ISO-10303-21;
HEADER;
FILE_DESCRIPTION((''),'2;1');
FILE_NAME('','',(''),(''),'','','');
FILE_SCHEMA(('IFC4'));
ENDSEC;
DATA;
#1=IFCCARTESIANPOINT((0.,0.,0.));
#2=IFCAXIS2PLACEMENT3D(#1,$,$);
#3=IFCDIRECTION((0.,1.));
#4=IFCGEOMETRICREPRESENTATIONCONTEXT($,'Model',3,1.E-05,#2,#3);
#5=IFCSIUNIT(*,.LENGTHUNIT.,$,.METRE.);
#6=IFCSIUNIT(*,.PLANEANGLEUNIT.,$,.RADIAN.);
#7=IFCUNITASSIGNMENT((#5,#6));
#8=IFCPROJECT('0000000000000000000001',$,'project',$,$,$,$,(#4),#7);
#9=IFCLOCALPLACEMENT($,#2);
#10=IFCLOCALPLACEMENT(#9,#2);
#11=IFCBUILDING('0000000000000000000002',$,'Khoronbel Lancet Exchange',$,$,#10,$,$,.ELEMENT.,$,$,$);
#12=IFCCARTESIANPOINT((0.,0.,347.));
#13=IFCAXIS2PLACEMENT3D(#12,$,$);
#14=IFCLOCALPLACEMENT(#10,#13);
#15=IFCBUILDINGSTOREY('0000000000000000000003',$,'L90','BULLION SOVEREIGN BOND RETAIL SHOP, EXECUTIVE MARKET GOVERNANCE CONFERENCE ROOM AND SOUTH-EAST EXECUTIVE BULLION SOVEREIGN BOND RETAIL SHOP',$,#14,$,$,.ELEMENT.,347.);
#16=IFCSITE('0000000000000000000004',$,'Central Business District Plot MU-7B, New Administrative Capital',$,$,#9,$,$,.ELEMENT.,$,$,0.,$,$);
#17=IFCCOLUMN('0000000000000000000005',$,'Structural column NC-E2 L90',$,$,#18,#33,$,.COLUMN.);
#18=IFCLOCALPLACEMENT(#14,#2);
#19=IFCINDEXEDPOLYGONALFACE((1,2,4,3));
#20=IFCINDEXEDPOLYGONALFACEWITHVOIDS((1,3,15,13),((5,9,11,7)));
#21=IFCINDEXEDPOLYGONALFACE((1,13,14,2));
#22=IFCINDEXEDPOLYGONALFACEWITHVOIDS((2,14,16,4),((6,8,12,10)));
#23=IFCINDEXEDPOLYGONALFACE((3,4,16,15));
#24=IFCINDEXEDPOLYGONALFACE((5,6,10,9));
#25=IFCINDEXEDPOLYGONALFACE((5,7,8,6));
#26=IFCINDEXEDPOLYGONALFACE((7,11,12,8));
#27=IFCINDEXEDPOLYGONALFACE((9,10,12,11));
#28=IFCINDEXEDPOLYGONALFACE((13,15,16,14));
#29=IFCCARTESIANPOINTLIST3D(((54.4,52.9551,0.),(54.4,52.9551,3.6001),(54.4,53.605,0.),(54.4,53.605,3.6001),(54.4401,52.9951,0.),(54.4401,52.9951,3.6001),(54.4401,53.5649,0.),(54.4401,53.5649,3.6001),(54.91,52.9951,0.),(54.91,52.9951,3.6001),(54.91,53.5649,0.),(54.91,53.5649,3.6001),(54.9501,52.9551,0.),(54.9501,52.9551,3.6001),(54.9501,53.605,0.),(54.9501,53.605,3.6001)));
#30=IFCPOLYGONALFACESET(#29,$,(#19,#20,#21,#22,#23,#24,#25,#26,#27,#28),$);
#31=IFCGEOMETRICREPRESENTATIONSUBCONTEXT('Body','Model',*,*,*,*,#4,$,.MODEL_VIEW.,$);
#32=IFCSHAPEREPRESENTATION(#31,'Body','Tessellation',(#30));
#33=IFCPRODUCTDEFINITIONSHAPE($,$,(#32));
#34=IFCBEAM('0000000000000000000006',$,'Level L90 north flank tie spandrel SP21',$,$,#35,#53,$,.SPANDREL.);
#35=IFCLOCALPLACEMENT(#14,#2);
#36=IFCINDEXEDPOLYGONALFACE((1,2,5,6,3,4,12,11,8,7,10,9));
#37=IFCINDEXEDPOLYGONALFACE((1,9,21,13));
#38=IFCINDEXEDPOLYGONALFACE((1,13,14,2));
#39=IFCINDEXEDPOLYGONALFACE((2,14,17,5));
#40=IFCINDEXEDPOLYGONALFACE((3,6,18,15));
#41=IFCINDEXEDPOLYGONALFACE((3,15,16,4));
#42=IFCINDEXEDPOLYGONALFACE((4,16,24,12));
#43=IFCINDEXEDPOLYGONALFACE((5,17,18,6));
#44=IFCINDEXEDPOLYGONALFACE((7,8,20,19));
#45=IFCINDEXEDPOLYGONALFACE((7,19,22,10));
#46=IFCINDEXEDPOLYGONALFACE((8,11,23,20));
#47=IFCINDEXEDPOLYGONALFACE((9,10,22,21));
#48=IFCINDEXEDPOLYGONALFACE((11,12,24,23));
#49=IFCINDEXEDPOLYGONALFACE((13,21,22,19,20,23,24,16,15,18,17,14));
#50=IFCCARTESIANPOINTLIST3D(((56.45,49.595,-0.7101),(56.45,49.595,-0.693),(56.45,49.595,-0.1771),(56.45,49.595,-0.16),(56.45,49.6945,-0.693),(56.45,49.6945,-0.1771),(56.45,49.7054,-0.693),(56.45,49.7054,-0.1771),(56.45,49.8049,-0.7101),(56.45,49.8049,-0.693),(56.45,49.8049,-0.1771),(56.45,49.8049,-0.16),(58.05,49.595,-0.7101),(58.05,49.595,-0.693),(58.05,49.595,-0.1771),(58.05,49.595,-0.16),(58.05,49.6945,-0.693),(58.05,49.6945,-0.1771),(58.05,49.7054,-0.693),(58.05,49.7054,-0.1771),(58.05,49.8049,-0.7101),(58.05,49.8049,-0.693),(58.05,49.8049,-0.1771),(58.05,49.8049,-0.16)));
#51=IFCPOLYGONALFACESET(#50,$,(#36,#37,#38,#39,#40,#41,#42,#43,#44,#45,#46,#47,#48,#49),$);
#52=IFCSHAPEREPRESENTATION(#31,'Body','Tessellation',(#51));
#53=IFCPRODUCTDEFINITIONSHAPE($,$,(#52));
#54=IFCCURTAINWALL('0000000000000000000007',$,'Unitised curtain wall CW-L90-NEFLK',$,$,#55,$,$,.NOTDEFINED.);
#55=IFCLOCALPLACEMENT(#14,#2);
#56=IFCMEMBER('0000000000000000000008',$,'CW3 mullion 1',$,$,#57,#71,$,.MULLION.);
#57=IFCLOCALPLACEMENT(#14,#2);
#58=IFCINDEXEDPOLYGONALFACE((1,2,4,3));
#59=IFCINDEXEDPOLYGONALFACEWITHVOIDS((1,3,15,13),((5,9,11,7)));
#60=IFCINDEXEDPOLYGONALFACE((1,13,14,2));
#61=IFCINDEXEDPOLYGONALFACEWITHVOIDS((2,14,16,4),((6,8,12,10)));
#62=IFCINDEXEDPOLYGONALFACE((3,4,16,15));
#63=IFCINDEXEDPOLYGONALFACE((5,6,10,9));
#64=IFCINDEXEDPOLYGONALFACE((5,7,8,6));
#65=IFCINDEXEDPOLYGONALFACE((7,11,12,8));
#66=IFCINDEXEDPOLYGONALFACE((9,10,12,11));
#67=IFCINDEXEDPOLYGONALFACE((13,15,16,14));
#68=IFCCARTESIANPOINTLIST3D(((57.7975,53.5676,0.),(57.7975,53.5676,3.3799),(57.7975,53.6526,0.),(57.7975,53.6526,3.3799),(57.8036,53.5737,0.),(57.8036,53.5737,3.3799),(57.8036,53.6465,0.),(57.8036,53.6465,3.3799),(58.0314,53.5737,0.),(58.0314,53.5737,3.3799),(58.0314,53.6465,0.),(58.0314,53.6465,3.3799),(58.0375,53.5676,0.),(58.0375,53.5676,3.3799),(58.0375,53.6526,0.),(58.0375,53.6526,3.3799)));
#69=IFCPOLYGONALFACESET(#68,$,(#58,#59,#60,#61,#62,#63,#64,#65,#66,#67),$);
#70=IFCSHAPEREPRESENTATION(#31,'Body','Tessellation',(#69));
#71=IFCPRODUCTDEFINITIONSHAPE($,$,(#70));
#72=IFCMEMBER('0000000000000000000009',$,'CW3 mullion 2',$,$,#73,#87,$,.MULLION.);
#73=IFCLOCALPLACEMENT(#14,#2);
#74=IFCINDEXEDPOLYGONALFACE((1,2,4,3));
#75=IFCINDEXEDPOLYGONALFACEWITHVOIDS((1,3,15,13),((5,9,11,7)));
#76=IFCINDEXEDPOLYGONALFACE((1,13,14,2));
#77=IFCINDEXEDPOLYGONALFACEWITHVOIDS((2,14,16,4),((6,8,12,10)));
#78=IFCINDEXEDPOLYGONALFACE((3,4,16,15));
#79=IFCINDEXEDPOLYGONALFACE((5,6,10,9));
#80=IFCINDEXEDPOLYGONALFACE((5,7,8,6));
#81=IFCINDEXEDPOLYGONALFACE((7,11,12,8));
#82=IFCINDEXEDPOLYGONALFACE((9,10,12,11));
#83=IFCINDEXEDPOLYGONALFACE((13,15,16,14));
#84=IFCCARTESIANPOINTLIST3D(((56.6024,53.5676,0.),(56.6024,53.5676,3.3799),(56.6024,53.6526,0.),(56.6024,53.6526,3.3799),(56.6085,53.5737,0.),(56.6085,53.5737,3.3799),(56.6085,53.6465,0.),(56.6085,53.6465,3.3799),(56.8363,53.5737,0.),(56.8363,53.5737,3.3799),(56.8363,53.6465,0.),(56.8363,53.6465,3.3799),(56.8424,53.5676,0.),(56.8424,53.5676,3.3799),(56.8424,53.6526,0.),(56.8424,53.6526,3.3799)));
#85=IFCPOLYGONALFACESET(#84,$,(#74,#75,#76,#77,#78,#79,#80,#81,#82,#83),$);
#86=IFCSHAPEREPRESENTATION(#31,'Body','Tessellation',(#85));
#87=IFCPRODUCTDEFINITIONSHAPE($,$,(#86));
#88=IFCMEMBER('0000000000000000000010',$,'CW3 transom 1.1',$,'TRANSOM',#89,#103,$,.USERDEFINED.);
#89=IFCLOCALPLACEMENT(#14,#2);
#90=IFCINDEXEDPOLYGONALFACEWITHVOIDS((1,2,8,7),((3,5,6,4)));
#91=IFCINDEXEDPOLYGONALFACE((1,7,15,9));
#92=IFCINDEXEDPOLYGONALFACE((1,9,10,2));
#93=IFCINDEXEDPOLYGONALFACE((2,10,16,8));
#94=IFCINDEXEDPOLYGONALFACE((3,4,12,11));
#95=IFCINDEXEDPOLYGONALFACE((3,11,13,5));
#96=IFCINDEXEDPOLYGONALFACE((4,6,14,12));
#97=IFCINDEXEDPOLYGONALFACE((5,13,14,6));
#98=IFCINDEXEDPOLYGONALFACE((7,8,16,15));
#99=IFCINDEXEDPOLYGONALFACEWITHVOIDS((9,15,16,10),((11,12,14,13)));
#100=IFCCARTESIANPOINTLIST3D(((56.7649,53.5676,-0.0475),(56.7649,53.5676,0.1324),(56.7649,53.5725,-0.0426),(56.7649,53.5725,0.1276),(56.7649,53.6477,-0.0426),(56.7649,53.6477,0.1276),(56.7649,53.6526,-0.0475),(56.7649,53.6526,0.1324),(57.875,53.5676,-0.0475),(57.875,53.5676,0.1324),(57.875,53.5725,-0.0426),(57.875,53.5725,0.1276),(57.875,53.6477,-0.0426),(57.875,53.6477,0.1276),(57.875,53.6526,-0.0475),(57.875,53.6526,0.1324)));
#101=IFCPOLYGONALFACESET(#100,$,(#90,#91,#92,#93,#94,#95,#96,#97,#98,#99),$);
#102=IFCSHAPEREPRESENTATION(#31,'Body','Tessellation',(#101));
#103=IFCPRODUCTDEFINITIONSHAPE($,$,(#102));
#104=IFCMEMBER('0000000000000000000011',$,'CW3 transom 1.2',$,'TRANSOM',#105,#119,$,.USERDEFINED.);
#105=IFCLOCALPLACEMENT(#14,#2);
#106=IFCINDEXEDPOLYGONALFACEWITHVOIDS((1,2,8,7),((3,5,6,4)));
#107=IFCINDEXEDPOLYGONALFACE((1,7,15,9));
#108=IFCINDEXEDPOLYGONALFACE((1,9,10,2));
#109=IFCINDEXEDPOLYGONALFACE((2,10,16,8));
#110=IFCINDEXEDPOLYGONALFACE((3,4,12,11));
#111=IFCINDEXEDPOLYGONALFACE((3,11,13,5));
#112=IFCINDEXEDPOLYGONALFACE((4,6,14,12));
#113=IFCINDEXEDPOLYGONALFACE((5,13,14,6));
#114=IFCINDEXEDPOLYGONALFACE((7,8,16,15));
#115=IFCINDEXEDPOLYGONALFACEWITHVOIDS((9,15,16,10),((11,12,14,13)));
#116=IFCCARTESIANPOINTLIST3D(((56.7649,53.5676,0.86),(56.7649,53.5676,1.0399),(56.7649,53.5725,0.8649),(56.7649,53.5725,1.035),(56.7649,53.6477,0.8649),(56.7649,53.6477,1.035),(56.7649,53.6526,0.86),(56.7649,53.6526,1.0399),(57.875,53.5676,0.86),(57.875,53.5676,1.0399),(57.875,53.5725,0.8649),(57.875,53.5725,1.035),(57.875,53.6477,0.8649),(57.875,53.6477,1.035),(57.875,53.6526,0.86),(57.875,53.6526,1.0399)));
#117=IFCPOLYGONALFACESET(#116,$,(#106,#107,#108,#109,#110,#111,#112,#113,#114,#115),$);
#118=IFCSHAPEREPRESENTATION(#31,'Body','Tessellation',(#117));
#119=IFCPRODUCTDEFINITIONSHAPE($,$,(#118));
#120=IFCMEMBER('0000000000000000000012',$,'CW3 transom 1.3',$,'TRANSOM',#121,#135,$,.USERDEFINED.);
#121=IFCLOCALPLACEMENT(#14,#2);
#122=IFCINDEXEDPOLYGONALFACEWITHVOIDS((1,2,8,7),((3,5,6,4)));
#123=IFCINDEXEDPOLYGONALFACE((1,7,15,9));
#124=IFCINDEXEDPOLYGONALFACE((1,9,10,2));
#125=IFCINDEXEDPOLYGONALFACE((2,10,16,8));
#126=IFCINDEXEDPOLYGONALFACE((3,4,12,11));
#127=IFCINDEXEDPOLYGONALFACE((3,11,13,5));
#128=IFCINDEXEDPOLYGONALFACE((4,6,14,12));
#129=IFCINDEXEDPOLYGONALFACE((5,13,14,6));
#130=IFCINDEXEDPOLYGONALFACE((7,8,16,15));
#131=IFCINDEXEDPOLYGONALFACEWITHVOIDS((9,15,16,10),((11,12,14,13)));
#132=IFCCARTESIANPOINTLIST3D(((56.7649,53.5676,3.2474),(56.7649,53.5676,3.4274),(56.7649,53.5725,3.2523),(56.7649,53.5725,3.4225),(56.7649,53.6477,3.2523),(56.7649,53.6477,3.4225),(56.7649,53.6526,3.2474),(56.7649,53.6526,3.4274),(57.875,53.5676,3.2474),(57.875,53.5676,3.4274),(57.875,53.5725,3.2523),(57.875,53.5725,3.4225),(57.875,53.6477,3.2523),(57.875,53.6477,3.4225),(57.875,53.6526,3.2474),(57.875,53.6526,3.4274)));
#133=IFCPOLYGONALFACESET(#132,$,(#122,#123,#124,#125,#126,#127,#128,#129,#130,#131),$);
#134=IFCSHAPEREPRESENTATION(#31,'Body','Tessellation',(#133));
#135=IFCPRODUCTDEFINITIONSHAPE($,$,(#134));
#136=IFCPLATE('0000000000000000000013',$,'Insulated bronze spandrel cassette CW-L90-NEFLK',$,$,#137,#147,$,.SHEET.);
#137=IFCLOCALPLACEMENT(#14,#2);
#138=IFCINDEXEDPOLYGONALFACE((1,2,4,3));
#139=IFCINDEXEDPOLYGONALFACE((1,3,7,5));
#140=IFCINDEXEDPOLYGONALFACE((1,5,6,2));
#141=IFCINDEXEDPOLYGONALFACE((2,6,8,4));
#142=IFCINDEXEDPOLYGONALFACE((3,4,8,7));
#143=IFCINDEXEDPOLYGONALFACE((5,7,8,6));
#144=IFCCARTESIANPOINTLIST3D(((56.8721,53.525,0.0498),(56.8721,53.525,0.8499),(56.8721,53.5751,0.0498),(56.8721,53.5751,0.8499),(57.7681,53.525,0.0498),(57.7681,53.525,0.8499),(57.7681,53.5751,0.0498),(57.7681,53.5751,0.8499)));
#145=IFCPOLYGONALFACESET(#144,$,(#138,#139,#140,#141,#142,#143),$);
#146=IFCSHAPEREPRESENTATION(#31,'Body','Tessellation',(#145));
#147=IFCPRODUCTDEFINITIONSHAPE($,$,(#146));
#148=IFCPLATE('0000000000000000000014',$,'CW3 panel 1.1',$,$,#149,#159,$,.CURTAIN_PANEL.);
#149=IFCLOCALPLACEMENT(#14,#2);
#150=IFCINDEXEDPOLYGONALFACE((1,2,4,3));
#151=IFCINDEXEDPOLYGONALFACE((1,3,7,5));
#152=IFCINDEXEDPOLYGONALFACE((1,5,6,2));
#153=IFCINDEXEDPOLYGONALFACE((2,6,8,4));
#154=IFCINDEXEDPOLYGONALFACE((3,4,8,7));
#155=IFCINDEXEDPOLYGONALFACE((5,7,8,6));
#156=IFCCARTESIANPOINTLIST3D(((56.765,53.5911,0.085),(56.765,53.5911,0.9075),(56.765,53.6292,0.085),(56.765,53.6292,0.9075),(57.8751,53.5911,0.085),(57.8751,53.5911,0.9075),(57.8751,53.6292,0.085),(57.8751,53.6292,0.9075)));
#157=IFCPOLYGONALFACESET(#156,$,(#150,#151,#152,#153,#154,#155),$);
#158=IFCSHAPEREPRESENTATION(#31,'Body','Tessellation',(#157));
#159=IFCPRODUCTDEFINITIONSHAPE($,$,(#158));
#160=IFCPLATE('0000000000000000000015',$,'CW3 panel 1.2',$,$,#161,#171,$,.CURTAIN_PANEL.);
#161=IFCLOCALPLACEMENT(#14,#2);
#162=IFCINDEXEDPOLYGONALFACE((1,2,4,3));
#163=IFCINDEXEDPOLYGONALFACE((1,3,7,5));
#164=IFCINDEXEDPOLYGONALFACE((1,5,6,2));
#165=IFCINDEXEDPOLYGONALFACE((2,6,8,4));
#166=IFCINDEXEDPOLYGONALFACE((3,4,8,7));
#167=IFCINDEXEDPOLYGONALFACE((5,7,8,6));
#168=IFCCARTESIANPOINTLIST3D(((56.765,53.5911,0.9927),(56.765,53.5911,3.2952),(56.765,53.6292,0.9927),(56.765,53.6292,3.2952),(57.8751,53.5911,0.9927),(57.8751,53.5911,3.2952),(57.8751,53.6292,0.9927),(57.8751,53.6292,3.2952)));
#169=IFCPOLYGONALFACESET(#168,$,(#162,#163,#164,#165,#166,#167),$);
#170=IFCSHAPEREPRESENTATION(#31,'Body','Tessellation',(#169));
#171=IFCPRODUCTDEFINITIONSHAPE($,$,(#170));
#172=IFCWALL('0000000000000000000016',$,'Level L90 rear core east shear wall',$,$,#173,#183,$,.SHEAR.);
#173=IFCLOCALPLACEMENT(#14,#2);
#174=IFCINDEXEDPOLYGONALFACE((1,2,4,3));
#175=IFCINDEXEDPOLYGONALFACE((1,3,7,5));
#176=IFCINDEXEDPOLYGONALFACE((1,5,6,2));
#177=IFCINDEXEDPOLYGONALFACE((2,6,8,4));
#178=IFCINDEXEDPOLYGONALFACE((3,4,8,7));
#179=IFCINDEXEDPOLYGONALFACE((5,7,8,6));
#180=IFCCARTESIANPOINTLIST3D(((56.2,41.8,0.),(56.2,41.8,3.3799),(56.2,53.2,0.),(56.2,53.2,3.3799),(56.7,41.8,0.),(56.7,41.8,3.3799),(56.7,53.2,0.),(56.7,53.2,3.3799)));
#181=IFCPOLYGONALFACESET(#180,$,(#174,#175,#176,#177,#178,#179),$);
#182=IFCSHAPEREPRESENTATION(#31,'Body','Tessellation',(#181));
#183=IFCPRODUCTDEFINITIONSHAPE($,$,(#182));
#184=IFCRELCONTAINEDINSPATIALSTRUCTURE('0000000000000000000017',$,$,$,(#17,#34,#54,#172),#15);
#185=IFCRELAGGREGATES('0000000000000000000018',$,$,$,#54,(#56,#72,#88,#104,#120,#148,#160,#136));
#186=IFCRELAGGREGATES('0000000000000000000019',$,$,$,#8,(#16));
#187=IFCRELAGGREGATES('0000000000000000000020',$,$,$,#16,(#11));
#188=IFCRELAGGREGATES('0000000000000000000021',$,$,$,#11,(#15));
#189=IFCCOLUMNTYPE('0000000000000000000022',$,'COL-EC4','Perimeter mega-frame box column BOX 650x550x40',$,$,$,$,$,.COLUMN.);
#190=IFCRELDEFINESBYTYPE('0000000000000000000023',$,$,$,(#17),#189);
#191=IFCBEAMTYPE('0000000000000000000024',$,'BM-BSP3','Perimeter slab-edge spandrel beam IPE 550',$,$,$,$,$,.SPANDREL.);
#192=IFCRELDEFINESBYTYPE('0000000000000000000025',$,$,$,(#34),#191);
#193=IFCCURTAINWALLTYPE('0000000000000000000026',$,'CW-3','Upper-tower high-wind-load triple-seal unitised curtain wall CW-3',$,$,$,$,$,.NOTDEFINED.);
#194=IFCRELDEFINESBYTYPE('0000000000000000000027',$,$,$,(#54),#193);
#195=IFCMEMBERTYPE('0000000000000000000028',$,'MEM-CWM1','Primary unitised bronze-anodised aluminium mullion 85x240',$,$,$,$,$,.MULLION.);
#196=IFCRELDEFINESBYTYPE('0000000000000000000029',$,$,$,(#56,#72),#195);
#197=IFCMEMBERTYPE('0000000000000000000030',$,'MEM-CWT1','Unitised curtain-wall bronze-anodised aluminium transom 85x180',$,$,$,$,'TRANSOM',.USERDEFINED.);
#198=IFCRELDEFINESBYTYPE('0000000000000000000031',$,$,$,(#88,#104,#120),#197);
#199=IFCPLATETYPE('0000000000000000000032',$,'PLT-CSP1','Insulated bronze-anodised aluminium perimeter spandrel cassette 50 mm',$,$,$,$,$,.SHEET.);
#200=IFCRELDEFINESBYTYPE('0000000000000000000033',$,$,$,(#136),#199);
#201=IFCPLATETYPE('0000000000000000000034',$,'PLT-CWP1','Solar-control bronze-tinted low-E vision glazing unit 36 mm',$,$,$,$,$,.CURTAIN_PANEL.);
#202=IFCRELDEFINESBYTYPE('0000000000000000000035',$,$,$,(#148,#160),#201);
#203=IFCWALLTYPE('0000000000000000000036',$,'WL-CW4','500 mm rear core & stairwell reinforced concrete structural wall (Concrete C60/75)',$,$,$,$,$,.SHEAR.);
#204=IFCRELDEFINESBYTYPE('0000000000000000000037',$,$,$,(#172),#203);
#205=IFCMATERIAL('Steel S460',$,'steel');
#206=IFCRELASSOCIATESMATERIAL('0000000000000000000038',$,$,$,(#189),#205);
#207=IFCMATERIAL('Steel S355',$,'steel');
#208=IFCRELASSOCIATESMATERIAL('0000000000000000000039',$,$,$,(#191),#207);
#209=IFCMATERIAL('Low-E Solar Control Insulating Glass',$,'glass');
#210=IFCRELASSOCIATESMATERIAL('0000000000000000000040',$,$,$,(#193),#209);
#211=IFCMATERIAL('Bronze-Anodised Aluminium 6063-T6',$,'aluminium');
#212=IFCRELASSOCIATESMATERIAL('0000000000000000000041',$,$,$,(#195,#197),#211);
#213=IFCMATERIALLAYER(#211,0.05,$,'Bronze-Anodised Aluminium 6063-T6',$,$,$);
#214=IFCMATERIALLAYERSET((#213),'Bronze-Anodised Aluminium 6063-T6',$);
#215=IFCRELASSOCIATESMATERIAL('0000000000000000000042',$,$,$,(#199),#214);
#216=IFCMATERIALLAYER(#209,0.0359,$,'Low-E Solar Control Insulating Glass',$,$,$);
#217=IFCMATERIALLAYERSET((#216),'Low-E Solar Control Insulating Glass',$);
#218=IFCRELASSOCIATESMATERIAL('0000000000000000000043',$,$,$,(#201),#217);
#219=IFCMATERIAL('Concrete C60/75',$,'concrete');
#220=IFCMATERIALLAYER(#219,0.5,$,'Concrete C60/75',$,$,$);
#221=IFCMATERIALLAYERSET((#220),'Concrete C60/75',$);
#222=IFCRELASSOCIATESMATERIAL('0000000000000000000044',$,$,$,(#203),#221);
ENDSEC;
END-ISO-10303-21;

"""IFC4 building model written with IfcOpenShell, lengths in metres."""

from ifc_helpers import new_model, si_unit, direction, frame, frame_2d, origin, origin_2d, place, context, subcontext, project, spatial, rectangle, hollow_rectangle, i_section, extrude, material, layer, layer_set, material_profile, profile_set, type_object, element, aggregate, save


model = new_model("IFC4")

# Units and contexts
model_context = context("Model", 3, precision=1e-05, world=origin(), true_north=direction((0.0, 1.0)))
body_context = subcontext(model_context, "Body", "Model", "MODEL_VIEW")
ifc_project = project(units=[si_unit("LENGTHUNIT", "METRE"), si_unit("PLANEANGLEUNIT", "RADIAN")], contexts=[model_context])

# Site, building, storey
site_placement = place(None, origin())
site = spatial("IfcSite", under=ifc_project, at=site_placement, Name="Central Business District Plot MU-7B, New Administrative Capital", CompositionType="ELEMENT", RefElevation=0.0)
building_placement = place(site_placement, origin())
building = spatial("IfcBuilding", under=site, at=building_placement, Name="Khoronbel Lancet Exchange", CompositionType="ELEMENT")
storey_placement = place(building_placement, frame((0.0, 0.0, 347.0)))
storey = spatial("IfcBuildingStorey", under=building, at=storey_placement, Name="L90", Description="BULLION SOVEREIGN BOND RETAIL SHOP, EXECUTIVE MARKET GOVERNANCE CONFERENCE ROOM AND SOUTH-EAST EXECUTIVE BULLION SOVEREIGN BOND RETAIL SHOP", CompositionType="ELEMENT", Elevation=347.0)

# Column
ifc_material_1 = material(Name="Steel S460", Category="steel")
ifc_material_profile_1 = material_profile(ifc_material_1, hollow_rectangle(XDim=0.55, YDim=0.6499, WallThickness=0.04, at=origin_2d()), Name="BOX 650x550x40")
ifc_profile_set_1 = profile_set([ifc_material_profile_1], Name="Steel S460")
column_type = type_object("IfcColumnType", Name="COL-EC4", Description="Perimeter mega-frame box column BOX 650x550x40", PredefinedType="COLUMN", material=ifc_profile_set_1)
column_placement = place(storey_placement, frame((54.675, 53.28, 0.0), z_axis=(0.0, 0.0, 1.0), x_axis=(1.0, 0.0, 0.0)))
element("IfcColumn", 1, at=column_placement, inside=storey, type_object=column_type, Name="Structural column NC-E2 L90", PredefinedType="COLUMN", context=body_context, shape_type="SweptSolid", body=[
    extrude(hollow_rectangle(XDim=0.55, YDim=0.6499, WallThickness=0.04, at=origin_2d()), origin(), (0.0, 0.0, 1.0), 3.6001),
])

# Beam
ifc_material_2 = material(Name="Steel S355", Category="steel")
ifc_material_profile_2 = material_profile(ifc_material_2, i_section(OverallWidth=0.21, OverallDepth=0.55, WebThickness=0.011, FlangeThickness=0.0171, at=origin_2d()), Name="IPE 550")
ifc_profile_set_2 = profile_set([ifc_material_profile_2], Name="Steel S355")
beam_type = type_object("IfcBeamType", Name="BM-BSP3", Description="Perimeter slab-edge spandrel beam IPE 550", PredefinedType="SPANDREL", material=ifc_profile_set_2)
beam_placement = place(storey_placement, frame((58.05, 49.7, -0.4351), z_axis=(-1.0, 0.0, 0.0), x_axis=(0.0, -1.0, 0.0)))
element("IfcBeam", 2, at=beam_placement, inside=storey, type_object=beam_type, Name="Level L90 north flank tie spandrel SP21", PredefinedType="SPANDREL", context=body_context, shape_type="SweptSolid", body=[
    extrude(i_section(OverallWidth=0.21, OverallDepth=0.55, WebThickness=0.011, FlangeThickness=0.0171, at=origin_2d()), origin(), (0.0, 0.0, 1.0), 1.6001),
])

# Curtain wall, members, plates
ifc_material_3 = material(Name="Low-E Solar Control Insulating Glass", Category="glass")
curtain_wall_type = type_object("IfcCurtainWallType", Name="CW-3", Description="Upper-tower high-wind-load triple-seal unitised curtain wall CW-3", PredefinedType="NOTDEFINED", material=ifc_material_3)
curtain_wall_placement = place(storey_placement, origin())
curtain_wall = element("IfcCurtainWall", 3, at=curtain_wall_placement, inside=storey, type_object=curtain_wall_type, Name="Unitised curtain wall CW-L90-NEFLK", PredefinedType="NOTDEFINED")
ifc_material_4 = material(Name="Bronze-Anodised Aluminium 6063-T6", Category="aluminium")
ifc_material_profile_3 = material_profile(ifc_material_4, hollow_rectangle(XDim=0.085, YDim=0.24, WallThickness=0.0061, at=origin_2d()), Name="ALU MULLION 85x240")
ifc_profile_set_3 = profile_set([ifc_material_profile_3], Name="Bronze-Anodised Aluminium 6063-T6")
member_type_1 = type_object("IfcMemberType", Name="MEM-CWM1", Description="Primary unitised bronze-anodised aluminium mullion 85x240", PredefinedType="MULLION", material=ifc_profile_set_3)
member_1_placement = place(storey_placement, frame((57.9175, 53.6101, 0.0), z_axis=(0.0, 0.0, 1.0), x_axis=(0.0, -1.0, 0.0)))
member_1 = element("IfcMember", 4, at=member_1_placement, type_object=member_type_1, Name="CW3 mullion 1", PredefinedType="MULLION", context=body_context, shape_type="SweptSolid", body=[
    extrude(hollow_rectangle(XDim=0.085, YDim=0.24, WallThickness=0.0061, at=origin_2d()), origin(), (0.0, 0.0, 1.0), 3.3799),
])
member_2_placement = place(storey_placement, frame((56.7224, 53.6101, 0.0), z_axis=(0.0, 0.0, 1.0), x_axis=(0.0, -1.0, 0.0)))
member_2 = element("IfcMember", 5, at=member_2_placement, type_object=member_type_1, Name="CW3 mullion 2", PredefinedType="MULLION", context=body_context, shape_type="SweptSolid", body=[
    extrude(hollow_rectangle(XDim=0.085, YDim=0.24, WallThickness=0.0061, at=origin_2d()), origin(), (0.0, 0.0, 1.0), 3.3799),
])
ifc_material_profile_4 = material_profile(ifc_material_4, hollow_rectangle(XDim=0.085, YDim=0.1799, WallThickness=0.0049, at=origin_2d()), Name="ALU TRANSOM 85x180")
ifc_profile_set_4 = profile_set([ifc_material_profile_4], Name="Bronze-Anodised Aluminium 6063-T6")
member_type_2 = type_object("IfcMemberType", Name="MEM-CWT1", Description="Unitised curtain-wall bronze-anodised aluminium transom 85x180", ElementType="TRANSOM", PredefinedType="USERDEFINED", material=ifc_profile_set_4)
member_3_placement = place(storey_placement, frame((57.875, 53.6101, 0.0425), z_axis=(-1.0, 0.0, 0.0), x_axis=(0.0, -1.0, 0.0)))
member_3 = element("IfcMember", 6, at=member_3_placement, type_object=member_type_2, Name="CW3 transom 1.1", ObjectType="TRANSOM", PredefinedType="USERDEFINED", context=body_context, shape_type="SweptSolid", body=[
    extrude(hollow_rectangle(XDim=0.085, YDim=0.1799, WallThickness=0.0049, at=origin_2d()), origin(), (0.0, 0.0, 1.0), 1.1101),
])
member_4_placement = place(storey_placement, frame((57.875, 53.6101, 0.95), z_axis=(-1.0, 0.0, 0.0), x_axis=(0.0, -1.0, 0.0)))
member_4 = element("IfcMember", 7, at=member_4_placement, type_object=member_type_2, Name="CW3 transom 1.2", ObjectType="TRANSOM", PredefinedType="USERDEFINED", context=body_context, shape_type="SweptSolid", body=[
    extrude(hollow_rectangle(XDim=0.085, YDim=0.1799, WallThickness=0.0049, at=origin_2d()), origin(), (0.0, 0.0, 1.0), 1.1101),
])
member_5_placement = place(storey_placement, frame((57.875, 53.6101, 3.3374), z_axis=(-1.0, 0.0, 0.0), x_axis=(0.0, -1.0, 0.0)))
member_5 = element("IfcMember", 8, at=member_5_placement, type_object=member_type_2, Name="CW3 transom 1.3", ObjectType="TRANSOM", PredefinedType="USERDEFINED", context=body_context, shape_type="SweptSolid", body=[
    extrude(hollow_rectangle(XDim=0.085, YDim=0.1799, WallThickness=0.0049, at=origin_2d()), origin(), (0.0, 0.0, 1.0), 1.1101),
])
ifc_layer_1 = layer(ifc_material_4, 0.05, Name="Bronze-Anodised Aluminium 6063-T6")
ifc_layer_set_1 = layer_set([ifc_layer_1], Name="Bronze-Anodised Aluminium 6063-T6")
plate_type_1 = type_object("IfcPlateType", Name="PLT-CSP1", Description="Insulated bronze-anodised aluminium perimeter spandrel cassette 50 mm", PredefinedType="SHEET", material=ifc_layer_set_1)
plate_1_placement = place(storey_placement, frame((57.3201, 53.55, 0.0498), z_axis=(0.0, 0.0, 1.0), x_axis=(-1.0, 0.0, 0.0)))
plate_1 = element("IfcPlate", 9, at=plate_1_placement, type_object=plate_type_1, Name="Insulated bronze spandrel cassette CW-L90-NEFLK", PredefinedType="SHEET", context=body_context, shape_type="SweptSolid", body=[
    extrude(rectangle(XDim=0.896, YDim=0.05, at=origin_2d()), origin(), (0.0, 0.0, 1.0), 0.8),
])
ifc_layer_2 = layer(ifc_material_3, 0.0359, Name="Low-E Solar Control Insulating Glass")
ifc_layer_set_2 = layer_set([ifc_layer_2], Name="Low-E Solar Control Insulating Glass")
plate_type_2 = type_object("IfcPlateType", Name="PLT-CWP1", Description="Solar-control bronze-tinted low-E vision glazing unit 36 mm", PredefinedType="CURTAIN_PANEL", material=ifc_layer_set_2)
plate_2_placement = place(storey_placement, frame((57.3201, 53.6101, 0.085), z_axis=(0.0, 0.0, 1.0), x_axis=(-1.0, 0.0, 0.0)))
plate_2 = element("IfcPlate", 10, at=plate_2_placement, type_object=plate_type_2, Name="CW3 panel 1.1", PredefinedType="CURTAIN_PANEL", context=body_context, shape_type="SweptSolid", body=[
    extrude(rectangle(XDim=1.1101, YDim=0.0381, at=origin_2d()), origin(), (0.0, 0.0, 1.0), 0.8225),
])
plate_3_placement = place(storey_placement, frame((57.3201, 53.6101, 0.9927), z_axis=(0.0, 0.0, 1.0), x_axis=(-1.0, 0.0, 0.0)))
plate_3 = element("IfcPlate", 11, at=plate_3_placement, type_object=plate_type_2, Name="CW3 panel 1.2", PredefinedType="CURTAIN_PANEL", context=body_context, shape_type="SweptSolid", body=[
    extrude(rectangle(XDim=1.1101, YDim=0.0381, at=origin_2d()), origin(), (0.0, 0.0, 1.0), 2.3025),
])
aggregate(curtain_wall, [member_1, member_2, member_3, member_4, member_5, plate_2, plate_3, plate_1])

# Wall
ifc_material_5 = material(Name="Concrete C60/75", Category="concrete")
ifc_layer_3 = layer(ifc_material_5, 0.5, Name="Concrete C60/75")
ifc_layer_set_3 = layer_set([ifc_layer_3], Name="Concrete C60/75")
wall_type_1 = type_object("IfcWallType", Name="WL-CW4", Description="500 mm rear core & stairwell reinforced concrete structural wall (Concrete C60/75)", PredefinedType="SHEAR", material=ifc_layer_set_3)
wall_1_placement = place(storey_placement, frame((56.45, 53.2, 0.0), z_axis=(0.0, 0.0, 1.0), x_axis=(0.0, -1.0, 0.0)))
element("IfcWall", 12, at=wall_1_placement, inside=storey, type_object=wall_type_1, Name="Level L90 rear core east shear wall", PredefinedType="SHEAR", context=body_context, shape_type="SweptSolid", body=[
    extrude(rectangle(XDim=11.3999, YDim=0.5, at=frame_2d((5.7, 0.0))), origin(), (0.0, 0.0, 1.0), 3.3799),
])

save(model, "model.ifc")
